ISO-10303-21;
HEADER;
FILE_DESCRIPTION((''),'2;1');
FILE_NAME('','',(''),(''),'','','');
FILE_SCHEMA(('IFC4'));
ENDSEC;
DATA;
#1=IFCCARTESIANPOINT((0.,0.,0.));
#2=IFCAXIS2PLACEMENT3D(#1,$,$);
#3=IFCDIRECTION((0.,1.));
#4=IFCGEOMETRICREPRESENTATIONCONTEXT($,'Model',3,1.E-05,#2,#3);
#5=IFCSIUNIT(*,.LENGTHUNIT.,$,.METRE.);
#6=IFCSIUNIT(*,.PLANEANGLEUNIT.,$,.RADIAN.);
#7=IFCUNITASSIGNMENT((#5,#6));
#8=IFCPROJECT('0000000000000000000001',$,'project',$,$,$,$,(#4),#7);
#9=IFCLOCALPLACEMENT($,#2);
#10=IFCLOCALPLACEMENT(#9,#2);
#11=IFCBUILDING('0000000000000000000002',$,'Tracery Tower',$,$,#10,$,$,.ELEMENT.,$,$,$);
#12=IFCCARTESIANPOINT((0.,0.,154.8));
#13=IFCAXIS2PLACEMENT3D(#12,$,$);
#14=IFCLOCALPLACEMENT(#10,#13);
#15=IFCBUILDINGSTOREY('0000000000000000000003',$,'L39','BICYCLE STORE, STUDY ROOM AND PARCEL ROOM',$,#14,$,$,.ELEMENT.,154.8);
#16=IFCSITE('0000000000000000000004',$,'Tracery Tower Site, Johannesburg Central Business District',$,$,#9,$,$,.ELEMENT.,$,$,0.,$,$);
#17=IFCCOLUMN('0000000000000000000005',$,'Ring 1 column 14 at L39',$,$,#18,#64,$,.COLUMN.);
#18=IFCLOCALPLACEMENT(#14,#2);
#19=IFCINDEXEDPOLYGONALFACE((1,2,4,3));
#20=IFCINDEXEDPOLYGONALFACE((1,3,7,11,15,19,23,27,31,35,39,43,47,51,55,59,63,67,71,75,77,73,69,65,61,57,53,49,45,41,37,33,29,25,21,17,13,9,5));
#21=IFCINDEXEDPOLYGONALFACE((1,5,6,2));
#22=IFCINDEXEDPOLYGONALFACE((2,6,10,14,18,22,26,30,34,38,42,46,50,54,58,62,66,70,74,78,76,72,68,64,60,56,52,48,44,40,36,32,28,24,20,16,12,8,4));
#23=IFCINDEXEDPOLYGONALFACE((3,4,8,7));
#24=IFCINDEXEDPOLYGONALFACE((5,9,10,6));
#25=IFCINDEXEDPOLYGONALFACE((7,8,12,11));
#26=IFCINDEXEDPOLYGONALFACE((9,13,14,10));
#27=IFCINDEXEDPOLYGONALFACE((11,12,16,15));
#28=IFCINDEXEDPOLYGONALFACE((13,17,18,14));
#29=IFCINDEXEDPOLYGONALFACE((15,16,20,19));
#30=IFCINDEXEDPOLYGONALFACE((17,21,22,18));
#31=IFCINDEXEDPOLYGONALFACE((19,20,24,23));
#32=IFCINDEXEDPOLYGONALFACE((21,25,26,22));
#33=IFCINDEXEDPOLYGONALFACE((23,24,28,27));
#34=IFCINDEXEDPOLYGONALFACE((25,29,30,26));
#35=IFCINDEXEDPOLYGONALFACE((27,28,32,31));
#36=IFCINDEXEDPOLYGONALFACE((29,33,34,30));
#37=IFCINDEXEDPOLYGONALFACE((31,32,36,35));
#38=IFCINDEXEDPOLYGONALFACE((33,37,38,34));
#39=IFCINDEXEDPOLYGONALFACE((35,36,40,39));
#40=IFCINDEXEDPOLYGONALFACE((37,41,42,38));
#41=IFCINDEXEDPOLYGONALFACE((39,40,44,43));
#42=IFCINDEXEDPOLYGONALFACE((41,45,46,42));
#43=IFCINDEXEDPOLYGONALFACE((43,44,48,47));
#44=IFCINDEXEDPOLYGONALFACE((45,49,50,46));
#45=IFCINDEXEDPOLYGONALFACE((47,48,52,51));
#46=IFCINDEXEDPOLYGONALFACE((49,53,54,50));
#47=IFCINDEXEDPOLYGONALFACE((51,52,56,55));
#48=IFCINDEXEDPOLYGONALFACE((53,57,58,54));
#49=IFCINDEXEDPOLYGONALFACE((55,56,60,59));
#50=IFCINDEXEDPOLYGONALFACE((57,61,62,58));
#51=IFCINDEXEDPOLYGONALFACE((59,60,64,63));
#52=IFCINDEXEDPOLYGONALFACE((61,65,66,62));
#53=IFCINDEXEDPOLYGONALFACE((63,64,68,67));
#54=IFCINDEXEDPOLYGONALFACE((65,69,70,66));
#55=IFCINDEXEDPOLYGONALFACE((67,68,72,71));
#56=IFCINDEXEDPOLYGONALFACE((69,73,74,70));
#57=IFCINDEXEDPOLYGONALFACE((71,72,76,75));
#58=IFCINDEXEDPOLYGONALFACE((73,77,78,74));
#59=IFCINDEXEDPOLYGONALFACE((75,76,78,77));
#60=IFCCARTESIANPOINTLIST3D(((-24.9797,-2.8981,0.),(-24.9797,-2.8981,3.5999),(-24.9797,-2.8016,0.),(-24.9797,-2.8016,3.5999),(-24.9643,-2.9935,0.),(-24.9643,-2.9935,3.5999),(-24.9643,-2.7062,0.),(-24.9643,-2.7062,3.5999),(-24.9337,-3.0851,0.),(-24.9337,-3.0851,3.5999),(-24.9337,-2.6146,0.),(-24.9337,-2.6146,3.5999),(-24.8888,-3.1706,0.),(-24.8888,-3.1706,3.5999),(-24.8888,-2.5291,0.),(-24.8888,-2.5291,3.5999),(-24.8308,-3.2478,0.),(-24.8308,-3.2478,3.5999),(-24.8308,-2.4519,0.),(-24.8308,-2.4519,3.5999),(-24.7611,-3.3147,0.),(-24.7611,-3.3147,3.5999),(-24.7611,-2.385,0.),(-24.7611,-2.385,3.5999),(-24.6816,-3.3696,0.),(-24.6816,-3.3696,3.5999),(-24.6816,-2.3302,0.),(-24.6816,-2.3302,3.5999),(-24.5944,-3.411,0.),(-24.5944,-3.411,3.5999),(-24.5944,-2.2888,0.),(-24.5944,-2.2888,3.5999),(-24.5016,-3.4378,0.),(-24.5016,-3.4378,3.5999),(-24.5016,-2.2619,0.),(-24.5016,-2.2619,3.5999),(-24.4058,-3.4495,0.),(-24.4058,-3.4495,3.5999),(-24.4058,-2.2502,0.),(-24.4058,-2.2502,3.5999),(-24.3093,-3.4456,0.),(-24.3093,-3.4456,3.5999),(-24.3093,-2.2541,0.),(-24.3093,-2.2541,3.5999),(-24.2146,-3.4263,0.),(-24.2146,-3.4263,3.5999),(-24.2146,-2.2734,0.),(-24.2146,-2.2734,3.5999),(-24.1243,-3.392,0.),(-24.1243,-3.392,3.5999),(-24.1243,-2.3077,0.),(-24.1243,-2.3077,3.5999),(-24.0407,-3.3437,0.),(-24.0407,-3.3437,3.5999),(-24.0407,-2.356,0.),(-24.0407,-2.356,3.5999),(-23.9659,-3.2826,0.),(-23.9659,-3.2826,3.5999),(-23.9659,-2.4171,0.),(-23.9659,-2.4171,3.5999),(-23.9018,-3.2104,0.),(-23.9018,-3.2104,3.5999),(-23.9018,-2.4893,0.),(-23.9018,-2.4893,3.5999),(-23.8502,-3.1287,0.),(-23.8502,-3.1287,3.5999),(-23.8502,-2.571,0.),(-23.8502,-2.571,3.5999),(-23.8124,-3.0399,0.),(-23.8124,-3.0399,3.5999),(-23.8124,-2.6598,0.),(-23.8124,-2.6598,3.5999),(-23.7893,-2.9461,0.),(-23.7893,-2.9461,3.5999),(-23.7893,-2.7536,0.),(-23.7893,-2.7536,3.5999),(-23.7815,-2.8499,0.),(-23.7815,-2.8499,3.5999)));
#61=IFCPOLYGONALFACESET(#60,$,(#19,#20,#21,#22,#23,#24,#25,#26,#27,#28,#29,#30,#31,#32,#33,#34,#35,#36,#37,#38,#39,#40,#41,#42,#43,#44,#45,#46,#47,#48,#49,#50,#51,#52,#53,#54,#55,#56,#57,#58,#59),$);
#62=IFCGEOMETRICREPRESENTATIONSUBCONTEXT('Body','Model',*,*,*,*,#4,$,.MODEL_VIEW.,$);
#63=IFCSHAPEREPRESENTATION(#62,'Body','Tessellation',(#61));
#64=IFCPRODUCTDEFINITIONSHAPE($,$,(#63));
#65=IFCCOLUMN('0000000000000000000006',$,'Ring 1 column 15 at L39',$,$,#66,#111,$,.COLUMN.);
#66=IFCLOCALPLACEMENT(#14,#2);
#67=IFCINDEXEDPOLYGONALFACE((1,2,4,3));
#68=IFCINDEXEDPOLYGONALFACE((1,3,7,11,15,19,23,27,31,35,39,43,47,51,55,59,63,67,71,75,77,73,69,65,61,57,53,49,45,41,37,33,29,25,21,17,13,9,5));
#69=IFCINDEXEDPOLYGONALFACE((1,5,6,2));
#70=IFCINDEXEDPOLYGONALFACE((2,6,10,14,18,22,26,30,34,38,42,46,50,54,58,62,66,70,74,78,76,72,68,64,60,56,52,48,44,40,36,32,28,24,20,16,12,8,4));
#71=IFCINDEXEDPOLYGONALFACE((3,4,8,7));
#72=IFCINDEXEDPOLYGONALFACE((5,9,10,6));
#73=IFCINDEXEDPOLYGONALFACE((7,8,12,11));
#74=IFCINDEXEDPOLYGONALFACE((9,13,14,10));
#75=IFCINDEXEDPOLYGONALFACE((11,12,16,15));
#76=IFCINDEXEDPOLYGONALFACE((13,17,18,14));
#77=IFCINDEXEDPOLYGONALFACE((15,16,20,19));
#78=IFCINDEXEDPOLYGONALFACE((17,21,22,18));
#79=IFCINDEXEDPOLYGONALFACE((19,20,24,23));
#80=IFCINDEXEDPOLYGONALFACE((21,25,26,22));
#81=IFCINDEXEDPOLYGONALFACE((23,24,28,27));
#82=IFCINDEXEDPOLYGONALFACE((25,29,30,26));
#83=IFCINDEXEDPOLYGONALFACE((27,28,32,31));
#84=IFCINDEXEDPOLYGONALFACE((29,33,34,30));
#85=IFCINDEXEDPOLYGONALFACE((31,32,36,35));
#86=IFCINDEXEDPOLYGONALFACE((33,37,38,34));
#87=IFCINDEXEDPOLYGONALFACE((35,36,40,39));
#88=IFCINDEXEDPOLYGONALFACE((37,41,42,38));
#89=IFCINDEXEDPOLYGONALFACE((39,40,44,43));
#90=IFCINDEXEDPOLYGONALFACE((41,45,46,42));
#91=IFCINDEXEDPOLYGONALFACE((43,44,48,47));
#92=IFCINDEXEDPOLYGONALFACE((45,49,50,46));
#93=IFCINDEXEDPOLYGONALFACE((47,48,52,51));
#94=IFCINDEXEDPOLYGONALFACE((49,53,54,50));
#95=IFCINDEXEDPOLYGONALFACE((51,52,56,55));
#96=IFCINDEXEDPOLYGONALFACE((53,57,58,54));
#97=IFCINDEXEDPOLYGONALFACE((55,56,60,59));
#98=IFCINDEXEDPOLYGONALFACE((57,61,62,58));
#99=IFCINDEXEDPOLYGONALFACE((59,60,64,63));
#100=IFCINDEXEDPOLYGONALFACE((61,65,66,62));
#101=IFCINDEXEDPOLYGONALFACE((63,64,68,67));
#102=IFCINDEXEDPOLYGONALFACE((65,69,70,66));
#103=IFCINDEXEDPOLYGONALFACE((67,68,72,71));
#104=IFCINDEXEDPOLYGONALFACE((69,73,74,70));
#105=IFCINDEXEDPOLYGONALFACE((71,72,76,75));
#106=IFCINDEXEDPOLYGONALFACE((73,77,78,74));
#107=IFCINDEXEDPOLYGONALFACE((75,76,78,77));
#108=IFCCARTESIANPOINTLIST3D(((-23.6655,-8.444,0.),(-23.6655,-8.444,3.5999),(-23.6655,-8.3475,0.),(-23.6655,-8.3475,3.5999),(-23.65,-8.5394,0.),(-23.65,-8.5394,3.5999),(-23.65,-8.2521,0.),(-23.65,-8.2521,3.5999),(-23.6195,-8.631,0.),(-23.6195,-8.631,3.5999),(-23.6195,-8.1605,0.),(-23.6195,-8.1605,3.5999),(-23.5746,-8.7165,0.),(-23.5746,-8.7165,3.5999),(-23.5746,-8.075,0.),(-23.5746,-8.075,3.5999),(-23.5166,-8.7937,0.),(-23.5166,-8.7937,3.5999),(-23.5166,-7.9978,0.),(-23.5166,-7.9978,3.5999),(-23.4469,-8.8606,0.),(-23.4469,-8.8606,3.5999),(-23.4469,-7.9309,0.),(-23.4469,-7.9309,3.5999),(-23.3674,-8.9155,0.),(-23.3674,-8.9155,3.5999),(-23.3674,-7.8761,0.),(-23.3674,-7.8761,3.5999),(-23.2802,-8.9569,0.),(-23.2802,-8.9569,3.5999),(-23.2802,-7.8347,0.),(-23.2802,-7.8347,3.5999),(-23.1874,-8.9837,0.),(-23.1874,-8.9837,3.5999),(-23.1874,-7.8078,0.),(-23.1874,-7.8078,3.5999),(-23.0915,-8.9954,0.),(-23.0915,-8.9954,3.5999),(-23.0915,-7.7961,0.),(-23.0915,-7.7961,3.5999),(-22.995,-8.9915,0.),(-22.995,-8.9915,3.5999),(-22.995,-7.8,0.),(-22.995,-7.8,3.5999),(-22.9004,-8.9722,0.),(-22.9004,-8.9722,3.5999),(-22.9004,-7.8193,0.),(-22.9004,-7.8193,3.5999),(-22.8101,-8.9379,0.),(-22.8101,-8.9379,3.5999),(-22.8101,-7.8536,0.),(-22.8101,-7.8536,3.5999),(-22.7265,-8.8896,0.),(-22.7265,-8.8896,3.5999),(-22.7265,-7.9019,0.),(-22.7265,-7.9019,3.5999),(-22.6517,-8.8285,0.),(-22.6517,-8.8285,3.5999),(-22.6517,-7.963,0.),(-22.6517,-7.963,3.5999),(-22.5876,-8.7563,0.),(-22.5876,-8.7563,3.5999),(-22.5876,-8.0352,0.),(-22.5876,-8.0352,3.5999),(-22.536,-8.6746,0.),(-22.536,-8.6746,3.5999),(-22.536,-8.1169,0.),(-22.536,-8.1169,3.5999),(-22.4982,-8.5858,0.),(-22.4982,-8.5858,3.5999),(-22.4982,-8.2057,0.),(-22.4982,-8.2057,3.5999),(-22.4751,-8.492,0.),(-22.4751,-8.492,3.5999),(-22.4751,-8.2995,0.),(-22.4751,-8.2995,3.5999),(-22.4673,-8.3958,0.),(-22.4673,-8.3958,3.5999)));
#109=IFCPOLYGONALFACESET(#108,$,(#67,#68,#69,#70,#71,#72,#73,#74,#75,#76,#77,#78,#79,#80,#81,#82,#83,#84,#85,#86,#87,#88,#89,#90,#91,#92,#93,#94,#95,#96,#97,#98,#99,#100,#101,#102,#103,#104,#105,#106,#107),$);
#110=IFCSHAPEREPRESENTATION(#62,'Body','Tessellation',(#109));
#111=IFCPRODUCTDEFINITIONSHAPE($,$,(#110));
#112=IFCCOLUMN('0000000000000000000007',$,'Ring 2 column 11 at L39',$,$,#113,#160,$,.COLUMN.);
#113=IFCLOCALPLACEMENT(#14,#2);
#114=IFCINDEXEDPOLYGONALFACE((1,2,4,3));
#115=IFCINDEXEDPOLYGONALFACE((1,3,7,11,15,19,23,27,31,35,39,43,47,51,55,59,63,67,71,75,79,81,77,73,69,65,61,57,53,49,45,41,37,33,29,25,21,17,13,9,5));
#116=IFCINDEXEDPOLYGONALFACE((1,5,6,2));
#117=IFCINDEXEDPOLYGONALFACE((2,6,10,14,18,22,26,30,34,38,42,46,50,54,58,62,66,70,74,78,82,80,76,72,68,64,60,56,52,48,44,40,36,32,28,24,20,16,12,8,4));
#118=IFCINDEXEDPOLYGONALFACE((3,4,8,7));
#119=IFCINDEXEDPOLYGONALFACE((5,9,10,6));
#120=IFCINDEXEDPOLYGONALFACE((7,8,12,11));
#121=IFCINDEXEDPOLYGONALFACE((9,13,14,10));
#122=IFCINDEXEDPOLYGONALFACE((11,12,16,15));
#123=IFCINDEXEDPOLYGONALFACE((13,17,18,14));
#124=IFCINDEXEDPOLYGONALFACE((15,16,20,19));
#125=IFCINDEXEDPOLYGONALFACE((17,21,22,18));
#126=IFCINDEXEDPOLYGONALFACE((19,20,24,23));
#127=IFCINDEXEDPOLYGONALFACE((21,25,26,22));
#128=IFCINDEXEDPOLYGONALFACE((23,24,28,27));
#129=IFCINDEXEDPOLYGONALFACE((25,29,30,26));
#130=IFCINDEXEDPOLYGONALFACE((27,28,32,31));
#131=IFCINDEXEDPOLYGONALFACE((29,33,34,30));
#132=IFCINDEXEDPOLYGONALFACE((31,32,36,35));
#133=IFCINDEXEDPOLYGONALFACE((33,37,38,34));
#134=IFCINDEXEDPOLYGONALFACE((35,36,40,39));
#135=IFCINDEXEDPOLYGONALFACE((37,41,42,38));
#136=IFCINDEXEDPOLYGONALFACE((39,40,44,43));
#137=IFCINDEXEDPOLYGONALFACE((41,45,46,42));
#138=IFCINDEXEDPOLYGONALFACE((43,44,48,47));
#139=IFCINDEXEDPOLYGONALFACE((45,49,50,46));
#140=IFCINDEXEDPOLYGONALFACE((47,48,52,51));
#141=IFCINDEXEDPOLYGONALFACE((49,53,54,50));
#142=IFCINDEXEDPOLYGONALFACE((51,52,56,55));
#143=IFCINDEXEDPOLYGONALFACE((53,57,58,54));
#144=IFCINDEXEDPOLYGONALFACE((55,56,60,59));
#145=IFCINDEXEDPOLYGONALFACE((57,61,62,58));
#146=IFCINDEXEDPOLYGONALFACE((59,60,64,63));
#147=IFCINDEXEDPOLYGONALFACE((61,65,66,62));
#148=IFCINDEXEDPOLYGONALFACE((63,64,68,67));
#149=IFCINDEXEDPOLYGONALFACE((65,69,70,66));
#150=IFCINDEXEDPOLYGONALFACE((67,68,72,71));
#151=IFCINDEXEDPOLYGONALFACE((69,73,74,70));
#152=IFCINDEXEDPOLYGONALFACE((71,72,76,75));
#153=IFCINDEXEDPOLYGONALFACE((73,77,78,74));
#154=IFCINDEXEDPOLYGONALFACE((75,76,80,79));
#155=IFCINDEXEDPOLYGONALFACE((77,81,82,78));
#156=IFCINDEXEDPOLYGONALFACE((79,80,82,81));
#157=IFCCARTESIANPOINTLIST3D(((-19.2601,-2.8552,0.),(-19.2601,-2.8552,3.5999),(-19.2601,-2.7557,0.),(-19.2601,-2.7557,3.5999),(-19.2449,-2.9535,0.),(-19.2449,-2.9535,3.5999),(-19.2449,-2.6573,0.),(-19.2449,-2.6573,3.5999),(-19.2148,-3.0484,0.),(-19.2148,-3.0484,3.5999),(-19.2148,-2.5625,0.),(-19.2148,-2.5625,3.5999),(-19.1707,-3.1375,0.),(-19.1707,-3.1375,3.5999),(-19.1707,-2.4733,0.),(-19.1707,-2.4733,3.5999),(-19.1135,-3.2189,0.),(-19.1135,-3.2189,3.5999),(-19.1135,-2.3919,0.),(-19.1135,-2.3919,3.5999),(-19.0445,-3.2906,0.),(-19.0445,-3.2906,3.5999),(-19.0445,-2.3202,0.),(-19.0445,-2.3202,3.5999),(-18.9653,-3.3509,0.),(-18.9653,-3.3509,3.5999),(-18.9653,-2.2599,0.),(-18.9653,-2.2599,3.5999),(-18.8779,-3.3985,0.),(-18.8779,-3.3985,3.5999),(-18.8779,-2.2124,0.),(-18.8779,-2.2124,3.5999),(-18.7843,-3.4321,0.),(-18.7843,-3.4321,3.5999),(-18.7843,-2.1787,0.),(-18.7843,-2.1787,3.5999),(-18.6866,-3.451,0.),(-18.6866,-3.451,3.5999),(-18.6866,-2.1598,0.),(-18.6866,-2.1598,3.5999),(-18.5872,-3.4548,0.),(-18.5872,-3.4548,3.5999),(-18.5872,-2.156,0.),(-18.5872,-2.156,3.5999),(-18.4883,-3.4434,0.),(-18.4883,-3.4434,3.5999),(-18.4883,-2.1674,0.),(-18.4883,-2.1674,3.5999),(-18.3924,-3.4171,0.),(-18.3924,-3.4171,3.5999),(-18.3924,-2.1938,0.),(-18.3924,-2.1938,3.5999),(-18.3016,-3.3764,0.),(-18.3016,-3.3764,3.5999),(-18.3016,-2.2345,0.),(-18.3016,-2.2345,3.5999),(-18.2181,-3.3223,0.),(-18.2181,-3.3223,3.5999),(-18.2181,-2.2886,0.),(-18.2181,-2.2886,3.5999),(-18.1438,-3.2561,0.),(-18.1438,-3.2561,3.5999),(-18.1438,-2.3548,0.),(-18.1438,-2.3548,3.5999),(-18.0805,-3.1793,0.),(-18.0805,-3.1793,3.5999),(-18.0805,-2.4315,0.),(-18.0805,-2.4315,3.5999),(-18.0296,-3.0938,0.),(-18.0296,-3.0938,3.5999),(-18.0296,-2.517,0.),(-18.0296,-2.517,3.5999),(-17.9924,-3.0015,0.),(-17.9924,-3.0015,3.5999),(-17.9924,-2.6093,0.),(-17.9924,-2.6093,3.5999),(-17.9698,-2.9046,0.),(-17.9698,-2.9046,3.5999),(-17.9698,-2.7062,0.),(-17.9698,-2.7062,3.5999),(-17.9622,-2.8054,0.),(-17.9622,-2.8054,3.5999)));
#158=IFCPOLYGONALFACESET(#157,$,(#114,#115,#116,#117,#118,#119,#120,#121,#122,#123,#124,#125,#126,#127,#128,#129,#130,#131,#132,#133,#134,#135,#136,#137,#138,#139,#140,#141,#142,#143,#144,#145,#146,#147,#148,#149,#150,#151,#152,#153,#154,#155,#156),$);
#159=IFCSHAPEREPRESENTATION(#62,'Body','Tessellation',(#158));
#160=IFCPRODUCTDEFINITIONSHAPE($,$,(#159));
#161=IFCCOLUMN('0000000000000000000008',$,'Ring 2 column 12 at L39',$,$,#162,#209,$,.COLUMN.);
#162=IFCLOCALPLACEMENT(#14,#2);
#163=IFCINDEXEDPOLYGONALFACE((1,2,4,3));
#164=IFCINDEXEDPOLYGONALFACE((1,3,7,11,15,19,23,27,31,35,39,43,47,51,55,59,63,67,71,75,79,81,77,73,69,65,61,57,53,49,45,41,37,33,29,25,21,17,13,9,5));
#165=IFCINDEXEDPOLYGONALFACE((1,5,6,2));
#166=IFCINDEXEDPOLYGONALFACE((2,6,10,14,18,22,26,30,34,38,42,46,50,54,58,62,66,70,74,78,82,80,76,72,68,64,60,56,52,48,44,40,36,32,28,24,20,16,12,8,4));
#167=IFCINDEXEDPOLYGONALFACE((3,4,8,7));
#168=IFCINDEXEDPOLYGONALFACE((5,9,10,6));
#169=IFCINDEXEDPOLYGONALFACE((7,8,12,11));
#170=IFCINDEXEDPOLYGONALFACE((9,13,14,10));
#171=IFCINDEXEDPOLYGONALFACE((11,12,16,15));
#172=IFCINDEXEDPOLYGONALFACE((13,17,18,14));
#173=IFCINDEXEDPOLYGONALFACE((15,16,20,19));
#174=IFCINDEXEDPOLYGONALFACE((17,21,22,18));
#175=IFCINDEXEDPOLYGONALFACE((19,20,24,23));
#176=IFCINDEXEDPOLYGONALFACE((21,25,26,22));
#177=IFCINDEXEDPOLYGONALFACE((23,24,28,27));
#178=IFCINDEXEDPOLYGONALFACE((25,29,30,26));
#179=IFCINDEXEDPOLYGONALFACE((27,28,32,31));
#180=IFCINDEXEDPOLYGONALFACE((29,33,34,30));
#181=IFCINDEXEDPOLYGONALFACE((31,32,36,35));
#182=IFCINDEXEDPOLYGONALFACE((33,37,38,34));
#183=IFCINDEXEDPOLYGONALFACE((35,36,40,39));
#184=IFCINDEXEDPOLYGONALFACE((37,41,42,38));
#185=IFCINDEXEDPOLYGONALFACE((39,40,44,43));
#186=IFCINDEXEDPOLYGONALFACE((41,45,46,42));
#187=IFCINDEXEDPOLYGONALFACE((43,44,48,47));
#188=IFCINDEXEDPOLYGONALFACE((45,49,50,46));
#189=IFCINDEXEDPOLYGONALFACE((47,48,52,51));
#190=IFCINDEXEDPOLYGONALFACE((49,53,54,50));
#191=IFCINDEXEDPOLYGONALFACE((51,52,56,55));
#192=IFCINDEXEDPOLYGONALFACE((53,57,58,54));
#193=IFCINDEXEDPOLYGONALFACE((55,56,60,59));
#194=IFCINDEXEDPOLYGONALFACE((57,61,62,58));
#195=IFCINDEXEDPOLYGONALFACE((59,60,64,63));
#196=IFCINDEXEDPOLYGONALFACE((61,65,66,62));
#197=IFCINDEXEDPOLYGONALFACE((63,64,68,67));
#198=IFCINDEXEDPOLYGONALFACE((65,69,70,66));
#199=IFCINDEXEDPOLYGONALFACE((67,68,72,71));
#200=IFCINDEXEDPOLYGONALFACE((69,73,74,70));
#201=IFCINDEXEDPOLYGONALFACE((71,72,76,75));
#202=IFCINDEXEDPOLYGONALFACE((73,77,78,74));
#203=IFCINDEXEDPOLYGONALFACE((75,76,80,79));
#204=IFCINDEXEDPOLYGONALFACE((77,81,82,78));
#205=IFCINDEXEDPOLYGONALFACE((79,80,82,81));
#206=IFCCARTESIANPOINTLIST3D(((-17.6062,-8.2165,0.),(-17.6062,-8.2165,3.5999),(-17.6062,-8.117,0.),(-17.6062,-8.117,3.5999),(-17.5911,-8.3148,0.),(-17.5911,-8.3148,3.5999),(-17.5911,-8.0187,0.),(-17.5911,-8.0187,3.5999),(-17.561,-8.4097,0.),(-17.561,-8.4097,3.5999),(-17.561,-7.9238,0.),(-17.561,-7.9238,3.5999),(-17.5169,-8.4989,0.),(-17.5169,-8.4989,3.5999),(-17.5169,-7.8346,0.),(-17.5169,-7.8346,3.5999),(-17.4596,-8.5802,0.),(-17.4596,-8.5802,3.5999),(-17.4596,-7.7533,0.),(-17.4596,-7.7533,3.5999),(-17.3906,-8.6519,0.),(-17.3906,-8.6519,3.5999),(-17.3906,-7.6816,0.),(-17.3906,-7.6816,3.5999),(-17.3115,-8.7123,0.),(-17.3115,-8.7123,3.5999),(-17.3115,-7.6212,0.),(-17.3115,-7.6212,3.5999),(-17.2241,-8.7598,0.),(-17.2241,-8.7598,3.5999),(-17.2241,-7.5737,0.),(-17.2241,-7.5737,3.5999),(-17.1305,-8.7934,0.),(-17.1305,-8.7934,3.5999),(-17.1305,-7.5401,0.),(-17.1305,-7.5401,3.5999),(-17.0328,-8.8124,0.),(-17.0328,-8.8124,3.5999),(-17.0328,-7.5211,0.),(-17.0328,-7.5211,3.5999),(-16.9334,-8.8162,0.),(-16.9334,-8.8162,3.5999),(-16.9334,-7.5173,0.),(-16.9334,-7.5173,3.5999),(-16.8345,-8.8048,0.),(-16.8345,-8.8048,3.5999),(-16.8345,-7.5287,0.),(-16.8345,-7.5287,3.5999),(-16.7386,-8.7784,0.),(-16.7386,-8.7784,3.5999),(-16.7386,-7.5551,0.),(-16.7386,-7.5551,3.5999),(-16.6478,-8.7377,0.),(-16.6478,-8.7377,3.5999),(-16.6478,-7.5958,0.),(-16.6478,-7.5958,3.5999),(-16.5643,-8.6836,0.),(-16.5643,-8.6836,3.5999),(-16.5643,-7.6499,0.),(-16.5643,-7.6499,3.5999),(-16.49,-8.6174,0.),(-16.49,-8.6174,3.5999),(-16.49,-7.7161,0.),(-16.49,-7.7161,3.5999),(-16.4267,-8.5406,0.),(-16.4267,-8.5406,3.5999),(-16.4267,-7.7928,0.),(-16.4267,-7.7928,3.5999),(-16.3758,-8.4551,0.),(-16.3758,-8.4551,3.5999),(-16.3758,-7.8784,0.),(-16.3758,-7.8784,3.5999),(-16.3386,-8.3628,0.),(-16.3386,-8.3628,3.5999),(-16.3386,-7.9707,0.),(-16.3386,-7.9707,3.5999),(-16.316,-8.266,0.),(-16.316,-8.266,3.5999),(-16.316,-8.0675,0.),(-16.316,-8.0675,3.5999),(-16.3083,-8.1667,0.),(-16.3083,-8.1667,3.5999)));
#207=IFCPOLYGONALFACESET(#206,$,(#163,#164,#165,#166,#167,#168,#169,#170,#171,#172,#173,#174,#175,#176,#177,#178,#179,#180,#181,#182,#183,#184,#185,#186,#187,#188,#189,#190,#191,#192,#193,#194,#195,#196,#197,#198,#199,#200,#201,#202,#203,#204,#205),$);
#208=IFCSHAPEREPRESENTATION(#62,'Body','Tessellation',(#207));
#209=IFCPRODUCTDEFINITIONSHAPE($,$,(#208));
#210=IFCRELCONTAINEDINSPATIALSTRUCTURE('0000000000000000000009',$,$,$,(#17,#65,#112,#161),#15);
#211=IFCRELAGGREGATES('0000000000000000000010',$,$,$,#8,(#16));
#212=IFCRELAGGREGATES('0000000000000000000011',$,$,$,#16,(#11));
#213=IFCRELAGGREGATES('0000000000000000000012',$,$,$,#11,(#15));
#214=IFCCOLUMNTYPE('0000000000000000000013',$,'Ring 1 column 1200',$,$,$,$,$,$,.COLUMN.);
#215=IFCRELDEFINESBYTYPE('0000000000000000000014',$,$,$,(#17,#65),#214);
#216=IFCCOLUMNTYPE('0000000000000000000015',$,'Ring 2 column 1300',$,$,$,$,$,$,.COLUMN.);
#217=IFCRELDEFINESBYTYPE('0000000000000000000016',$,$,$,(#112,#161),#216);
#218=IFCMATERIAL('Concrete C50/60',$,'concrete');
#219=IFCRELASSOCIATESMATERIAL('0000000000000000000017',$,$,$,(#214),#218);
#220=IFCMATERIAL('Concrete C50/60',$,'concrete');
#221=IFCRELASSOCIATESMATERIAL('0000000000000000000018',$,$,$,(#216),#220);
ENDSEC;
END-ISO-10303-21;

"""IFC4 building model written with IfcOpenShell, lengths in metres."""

from ifc_helpers import new_model, si_unit, direction, frame, origin, origin_2d, place, context, subcontext, project, spatial, circle, extrude, material, material_profile, profile_set, type_object, element, save


model = new_model("IFC4")

# Units and contexts
model_context = context("Model", 3, precision=1e-05, world=origin(), true_north=direction((0.0, 1.0)))
body_context = subcontext(model_context, "Body", "Model", "MODEL_VIEW")
ifc_project = project(units=[si_unit("LENGTHUNIT", "METRE"), si_unit("PLANEANGLEUNIT", "RADIAN")], contexts=[model_context])

# Site, building, storey
site_placement = place(None, origin())
site = spatial("IfcSite", under=ifc_project, at=site_placement, Name="Tracery Tower Site, Johannesburg Central Business District", CompositionType="ELEMENT", RefElevation=0.0)
building_placement = place(site_placement, origin())
building = spatial("IfcBuilding", under=site, at=building_placement, Name="Tracery Tower", CompositionType="ELEMENT")
storey_placement = place(building_placement, frame((0.0, 0.0, 154.8)))
storey = spatial("IfcBuildingStorey", under=building, at=storey_placement, Name="L39", Description="BICYCLE STORE, STUDY ROOM AND PARCEL ROOM", CompositionType="ELEMENT", Elevation=154.8)

# Columns
ifc_material_1 = material(Name="Concrete C50/60", Category="concrete")
ifc_material_profile_1 = material_profile(ifc_material_1, circle(Radius=0.6001, at=origin_2d()), Name="RC D1200")
ifc_profile_set_1 = profile_set([ifc_material_profile_1], Name="Concrete C50/60")
column_type_1 = type_object("IfcColumnType", Name="Ring 1 column 1200", PredefinedType="COLUMN", material=ifc_profile_set_1)
for number, where, z_axis, x_axis, name in (
    (1, (-24.3816, -2.8499, 0.0), (0.0, 0.0, 1.0), (1.0, 0.0, 0.0), "Ring 1 column 14 at L39"),
    (2, (-23.0674, -8.3958, 0.0), (0.0, 0.0, 1.0), (1.0, 0.0, 0.0), "Ring 1 column 15 at L39"),
):
    element("IfcColumn", number, at=place(storey_placement, frame(where, z_axis=z_axis, x_axis=x_axis)), inside=storey, type_object=column_type_1, Name=name, PredefinedType="COLUMN", context=body_context, shape_type="SweptSolid", body=[
        extrude(circle(Radius=0.6001, at=origin_2d()), origin(), (0.0, 0.0, 1.0), 3.5999),
    ])
ifc_material_2 = material(Name="Concrete C50/60", Category="concrete")
ifc_material_profile_2 = material_profile(ifc_material_2, circle(Radius=0.6499, at=origin_2d()), Name="RC D1300")
ifc_profile_set_2 = profile_set([ifc_material_profile_2], Name="Concrete C50/60")
column_type_2 = type_object("IfcColumnType", Name="Ring 2 column 1300", PredefinedType="COLUMN", material=ifc_profile_set_2)
for number, where, z_axis, x_axis, name in (
    (3, (-18.6121, -2.8054, 0.0), (0.0, 0.0, 1.0), (1.0, 0.0, 0.0), "Ring 2 column 11 at L39"),
    (4, (-16.9583, -8.1667, 0.0), (0.0, 0.0, 1.0), (1.0, 0.0, 0.0), "Ring 2 column 12 at L39"),
):
    element("IfcColumn", number, at=place(storey_placement, frame(where, z_axis=z_axis, x_axis=x_axis)), inside=storey, type_object=column_type_2, Name=name, PredefinedType="COLUMN", context=body_context, shape_type="SweptSolid", body=[
        extrude(circle(Radius=0.6499, at=origin_2d()), origin(), (0.0, 0.0, 1.0), 3.5999),
    ])

save(model, "model.ifc")
